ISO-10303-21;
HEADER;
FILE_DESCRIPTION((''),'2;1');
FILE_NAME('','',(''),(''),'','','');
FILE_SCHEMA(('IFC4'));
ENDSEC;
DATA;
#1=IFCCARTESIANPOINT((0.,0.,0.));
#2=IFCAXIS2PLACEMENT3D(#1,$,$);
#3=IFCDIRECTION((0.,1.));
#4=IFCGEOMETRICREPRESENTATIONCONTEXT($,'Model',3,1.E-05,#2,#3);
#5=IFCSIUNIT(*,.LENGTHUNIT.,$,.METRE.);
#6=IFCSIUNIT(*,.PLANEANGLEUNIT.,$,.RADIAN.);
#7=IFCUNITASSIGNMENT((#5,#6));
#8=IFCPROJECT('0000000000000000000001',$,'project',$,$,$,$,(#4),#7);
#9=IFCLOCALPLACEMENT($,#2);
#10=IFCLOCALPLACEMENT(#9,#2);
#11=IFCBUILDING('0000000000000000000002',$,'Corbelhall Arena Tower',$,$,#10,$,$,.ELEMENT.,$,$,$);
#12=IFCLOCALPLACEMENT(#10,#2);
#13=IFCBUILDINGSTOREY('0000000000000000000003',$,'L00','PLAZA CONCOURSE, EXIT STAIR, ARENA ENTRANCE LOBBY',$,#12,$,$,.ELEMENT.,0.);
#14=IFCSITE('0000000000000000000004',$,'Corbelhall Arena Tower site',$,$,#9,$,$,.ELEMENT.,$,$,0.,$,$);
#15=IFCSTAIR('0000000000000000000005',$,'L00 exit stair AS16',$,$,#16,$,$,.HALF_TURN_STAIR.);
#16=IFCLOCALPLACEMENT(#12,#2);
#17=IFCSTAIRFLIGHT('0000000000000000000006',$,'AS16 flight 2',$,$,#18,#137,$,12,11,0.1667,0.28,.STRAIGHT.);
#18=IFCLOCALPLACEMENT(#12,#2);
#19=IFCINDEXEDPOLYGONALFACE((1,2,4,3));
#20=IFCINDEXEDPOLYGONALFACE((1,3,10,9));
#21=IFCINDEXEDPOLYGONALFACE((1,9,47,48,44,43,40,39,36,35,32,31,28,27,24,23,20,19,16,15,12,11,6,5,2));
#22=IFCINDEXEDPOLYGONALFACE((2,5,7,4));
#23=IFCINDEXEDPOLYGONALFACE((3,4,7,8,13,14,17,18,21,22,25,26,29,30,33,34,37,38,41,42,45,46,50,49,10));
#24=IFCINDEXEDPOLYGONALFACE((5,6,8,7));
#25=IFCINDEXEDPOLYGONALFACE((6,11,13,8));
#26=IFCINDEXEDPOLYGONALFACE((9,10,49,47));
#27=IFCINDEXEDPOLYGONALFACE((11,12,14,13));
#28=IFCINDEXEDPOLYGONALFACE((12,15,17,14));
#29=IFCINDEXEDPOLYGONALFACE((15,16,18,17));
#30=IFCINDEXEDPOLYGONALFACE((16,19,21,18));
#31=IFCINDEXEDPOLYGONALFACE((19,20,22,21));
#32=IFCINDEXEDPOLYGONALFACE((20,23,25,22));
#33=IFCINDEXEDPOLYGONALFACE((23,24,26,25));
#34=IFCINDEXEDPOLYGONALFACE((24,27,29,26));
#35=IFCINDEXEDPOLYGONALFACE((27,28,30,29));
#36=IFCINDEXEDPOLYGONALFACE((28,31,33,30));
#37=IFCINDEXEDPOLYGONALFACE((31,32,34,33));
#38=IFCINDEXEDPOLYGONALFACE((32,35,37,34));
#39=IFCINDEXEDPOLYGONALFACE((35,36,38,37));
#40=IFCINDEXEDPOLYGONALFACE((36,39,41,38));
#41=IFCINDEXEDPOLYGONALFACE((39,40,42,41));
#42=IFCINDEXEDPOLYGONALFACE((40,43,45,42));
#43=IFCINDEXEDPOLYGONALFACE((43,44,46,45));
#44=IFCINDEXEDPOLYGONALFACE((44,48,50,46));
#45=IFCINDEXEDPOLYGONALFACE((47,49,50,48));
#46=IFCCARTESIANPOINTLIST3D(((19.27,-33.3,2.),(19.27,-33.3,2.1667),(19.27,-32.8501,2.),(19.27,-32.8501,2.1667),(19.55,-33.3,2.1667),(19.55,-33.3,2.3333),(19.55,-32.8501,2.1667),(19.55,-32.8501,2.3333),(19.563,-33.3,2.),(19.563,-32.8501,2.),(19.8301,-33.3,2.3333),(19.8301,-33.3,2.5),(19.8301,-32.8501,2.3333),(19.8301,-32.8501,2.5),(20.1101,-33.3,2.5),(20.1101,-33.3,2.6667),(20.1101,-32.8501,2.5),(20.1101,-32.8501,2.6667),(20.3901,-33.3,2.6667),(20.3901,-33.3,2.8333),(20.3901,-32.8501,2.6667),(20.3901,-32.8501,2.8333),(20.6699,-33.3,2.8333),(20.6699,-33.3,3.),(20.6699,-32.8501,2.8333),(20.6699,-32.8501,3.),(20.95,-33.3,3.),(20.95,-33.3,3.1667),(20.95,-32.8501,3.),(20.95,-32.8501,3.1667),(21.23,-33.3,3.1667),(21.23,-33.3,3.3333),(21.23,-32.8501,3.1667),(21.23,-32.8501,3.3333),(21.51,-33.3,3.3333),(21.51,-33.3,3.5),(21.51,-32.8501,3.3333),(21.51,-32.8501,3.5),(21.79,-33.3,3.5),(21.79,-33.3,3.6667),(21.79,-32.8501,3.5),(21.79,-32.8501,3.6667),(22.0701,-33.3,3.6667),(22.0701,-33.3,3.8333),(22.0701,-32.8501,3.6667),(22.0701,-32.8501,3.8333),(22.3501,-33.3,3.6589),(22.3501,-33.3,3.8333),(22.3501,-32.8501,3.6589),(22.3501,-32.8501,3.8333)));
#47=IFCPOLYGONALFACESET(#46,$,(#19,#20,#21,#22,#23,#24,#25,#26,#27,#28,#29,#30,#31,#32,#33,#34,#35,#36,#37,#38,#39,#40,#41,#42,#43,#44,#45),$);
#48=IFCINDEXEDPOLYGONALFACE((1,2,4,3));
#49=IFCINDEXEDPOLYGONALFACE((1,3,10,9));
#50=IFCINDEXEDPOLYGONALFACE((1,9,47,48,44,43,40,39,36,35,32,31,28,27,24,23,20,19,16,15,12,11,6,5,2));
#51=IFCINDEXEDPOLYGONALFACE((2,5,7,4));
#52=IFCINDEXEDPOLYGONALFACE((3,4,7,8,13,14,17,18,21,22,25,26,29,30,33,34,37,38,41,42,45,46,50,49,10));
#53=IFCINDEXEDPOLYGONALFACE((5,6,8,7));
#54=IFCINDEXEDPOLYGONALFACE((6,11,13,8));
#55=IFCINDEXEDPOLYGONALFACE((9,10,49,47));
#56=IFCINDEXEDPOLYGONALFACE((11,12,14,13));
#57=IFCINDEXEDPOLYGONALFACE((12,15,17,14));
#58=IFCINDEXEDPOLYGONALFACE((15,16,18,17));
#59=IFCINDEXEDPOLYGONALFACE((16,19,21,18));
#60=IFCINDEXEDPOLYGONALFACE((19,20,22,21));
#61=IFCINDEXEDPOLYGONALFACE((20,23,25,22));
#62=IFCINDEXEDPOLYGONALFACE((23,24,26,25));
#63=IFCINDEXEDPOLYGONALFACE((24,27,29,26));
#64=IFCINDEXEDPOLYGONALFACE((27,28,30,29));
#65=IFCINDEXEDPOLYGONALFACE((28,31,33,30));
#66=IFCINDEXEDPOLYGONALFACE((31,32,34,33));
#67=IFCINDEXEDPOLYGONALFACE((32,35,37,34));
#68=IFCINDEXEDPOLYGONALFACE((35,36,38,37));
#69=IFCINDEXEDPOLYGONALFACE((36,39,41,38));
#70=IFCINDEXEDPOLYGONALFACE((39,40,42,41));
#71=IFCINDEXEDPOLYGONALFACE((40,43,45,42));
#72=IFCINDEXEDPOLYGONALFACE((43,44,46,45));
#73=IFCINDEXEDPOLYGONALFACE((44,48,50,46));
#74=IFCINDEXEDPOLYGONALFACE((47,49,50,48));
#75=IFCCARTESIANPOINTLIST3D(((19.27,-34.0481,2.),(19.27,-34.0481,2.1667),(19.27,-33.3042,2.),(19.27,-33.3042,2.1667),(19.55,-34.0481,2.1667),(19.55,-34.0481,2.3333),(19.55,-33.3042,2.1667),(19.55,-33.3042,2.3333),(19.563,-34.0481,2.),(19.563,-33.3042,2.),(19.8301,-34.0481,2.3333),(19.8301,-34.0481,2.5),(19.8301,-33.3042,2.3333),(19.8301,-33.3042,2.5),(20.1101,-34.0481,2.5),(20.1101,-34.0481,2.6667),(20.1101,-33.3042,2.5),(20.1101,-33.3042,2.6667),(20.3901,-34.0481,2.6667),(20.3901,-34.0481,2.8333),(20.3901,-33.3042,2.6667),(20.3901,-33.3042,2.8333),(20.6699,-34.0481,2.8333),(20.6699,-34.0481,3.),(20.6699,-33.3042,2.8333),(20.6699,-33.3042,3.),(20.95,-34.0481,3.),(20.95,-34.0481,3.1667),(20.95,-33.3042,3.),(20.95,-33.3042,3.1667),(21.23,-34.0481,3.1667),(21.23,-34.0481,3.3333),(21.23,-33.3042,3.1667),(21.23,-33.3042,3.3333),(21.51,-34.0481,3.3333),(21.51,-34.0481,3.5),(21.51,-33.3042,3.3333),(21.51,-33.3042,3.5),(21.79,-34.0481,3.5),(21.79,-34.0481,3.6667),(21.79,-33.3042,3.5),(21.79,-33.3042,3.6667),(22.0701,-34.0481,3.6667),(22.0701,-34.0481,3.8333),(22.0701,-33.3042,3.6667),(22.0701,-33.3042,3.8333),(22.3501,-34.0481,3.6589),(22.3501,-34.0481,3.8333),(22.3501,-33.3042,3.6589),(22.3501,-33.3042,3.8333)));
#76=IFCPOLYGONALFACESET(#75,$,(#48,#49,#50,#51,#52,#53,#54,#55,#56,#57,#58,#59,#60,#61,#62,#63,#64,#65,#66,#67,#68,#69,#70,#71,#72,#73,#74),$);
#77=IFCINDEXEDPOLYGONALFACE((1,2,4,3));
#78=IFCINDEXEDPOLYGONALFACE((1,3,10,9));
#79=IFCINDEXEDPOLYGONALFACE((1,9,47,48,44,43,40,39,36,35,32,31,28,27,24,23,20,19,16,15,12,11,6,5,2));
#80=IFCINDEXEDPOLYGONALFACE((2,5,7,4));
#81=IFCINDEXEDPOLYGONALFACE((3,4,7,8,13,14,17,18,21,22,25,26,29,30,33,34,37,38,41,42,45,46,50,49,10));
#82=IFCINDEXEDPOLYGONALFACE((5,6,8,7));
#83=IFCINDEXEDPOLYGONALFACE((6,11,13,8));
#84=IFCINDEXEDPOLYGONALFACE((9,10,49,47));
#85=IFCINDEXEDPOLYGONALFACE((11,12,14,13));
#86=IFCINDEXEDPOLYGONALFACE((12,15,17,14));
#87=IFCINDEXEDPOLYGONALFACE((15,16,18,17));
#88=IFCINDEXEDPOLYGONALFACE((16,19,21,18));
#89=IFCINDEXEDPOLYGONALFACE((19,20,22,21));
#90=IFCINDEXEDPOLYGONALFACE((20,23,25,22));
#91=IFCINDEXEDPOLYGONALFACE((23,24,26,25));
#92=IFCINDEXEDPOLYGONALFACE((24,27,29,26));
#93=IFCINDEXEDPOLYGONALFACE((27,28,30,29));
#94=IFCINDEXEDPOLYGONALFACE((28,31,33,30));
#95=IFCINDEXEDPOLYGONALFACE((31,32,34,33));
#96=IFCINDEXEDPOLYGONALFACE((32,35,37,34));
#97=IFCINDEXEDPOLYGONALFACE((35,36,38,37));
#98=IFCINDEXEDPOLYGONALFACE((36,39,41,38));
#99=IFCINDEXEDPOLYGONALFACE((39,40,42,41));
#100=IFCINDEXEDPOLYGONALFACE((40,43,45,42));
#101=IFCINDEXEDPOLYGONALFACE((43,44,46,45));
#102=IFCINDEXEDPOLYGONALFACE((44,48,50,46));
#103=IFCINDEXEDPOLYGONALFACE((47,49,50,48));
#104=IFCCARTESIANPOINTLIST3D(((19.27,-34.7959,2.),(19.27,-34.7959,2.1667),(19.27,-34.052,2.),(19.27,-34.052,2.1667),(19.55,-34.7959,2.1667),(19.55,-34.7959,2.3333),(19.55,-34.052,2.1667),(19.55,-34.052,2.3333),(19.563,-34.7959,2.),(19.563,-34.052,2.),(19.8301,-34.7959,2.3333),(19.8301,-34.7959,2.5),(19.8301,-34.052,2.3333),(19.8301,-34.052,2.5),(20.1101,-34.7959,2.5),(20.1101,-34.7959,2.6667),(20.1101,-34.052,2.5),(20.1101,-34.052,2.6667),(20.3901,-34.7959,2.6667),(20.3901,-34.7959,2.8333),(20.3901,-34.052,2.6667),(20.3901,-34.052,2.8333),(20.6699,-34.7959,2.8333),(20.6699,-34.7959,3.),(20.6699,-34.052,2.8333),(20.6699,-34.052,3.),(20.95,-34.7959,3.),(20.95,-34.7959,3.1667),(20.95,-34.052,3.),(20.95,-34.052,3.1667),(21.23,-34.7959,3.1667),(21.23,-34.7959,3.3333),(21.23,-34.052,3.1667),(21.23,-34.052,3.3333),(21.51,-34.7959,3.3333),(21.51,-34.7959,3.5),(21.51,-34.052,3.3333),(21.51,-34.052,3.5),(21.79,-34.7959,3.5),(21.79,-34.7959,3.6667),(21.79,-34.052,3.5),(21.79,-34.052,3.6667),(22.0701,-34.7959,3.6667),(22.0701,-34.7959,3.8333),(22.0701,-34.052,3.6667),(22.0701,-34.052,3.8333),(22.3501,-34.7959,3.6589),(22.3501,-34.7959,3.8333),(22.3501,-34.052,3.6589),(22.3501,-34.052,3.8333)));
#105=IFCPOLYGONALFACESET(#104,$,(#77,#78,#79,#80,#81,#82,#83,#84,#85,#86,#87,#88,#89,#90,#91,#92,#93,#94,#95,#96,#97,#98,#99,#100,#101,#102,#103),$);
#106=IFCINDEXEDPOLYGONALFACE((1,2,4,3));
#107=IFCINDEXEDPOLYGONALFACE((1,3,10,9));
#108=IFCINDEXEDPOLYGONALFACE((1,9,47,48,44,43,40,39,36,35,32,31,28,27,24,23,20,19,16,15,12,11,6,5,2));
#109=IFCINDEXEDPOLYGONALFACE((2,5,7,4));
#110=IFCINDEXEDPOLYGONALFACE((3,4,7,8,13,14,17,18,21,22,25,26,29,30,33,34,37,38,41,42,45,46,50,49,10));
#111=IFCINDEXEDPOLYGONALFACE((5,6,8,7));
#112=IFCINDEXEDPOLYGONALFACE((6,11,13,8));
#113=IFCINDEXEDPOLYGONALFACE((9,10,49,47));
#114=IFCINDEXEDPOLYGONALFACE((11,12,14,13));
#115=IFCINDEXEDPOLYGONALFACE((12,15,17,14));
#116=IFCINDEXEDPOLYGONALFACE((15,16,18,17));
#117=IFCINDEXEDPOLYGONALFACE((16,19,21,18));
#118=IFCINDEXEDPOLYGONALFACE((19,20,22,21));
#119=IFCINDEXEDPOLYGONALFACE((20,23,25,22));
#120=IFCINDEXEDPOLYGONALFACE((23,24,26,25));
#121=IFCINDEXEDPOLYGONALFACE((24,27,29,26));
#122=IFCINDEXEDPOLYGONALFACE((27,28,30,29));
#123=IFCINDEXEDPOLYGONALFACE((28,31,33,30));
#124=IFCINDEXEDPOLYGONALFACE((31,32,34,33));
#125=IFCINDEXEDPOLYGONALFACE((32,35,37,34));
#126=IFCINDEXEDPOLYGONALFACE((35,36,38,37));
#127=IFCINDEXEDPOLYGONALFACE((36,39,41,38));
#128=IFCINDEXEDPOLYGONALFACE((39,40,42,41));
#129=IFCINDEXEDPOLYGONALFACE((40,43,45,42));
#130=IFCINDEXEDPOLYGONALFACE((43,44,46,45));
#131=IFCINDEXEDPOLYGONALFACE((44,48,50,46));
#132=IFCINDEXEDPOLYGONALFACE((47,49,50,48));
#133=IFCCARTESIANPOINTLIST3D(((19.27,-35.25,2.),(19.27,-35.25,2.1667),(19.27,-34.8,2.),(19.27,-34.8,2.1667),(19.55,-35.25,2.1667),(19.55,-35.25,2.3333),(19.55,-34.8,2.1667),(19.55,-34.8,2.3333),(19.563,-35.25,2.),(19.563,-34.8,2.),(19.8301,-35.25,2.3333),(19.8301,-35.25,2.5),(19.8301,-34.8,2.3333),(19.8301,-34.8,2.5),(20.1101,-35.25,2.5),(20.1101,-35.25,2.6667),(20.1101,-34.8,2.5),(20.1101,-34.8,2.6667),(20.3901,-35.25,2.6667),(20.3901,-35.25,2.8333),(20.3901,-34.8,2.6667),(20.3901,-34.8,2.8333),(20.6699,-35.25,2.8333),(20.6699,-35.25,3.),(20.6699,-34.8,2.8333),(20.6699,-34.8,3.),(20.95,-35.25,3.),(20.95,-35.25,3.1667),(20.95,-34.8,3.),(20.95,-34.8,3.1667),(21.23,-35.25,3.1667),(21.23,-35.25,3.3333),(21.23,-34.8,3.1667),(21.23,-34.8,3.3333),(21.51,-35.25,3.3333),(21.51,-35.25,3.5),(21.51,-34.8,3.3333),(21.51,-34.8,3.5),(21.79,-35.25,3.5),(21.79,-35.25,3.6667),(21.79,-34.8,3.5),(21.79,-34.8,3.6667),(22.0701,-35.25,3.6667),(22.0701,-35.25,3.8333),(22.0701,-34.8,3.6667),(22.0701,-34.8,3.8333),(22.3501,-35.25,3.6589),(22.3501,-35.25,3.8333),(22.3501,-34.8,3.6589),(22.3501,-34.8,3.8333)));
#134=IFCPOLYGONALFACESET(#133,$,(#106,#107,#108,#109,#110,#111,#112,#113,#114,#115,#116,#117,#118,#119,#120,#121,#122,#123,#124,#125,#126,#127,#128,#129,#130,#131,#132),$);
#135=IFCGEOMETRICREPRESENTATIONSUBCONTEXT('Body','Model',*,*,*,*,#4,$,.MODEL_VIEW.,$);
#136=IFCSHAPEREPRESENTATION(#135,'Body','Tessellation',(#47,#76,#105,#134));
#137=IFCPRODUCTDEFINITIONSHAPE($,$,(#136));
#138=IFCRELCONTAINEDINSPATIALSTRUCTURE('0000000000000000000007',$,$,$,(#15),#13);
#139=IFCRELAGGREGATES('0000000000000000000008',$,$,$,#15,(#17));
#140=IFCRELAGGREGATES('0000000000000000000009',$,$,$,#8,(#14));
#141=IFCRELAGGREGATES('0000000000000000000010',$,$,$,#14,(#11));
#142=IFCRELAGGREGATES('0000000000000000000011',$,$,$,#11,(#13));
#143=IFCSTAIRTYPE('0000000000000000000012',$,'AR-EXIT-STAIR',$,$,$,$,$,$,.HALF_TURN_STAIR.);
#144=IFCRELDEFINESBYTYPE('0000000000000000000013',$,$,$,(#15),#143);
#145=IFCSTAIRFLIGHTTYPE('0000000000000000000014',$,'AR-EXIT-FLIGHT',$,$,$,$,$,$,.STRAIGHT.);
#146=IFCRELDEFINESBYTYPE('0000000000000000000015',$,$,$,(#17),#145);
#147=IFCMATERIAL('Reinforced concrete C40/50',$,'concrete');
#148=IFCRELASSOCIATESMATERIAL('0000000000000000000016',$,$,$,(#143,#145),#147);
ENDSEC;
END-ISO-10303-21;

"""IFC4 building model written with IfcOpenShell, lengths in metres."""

from ifc_helpers import new_model, si_unit, direction, frame, origin, place, context, subcontext, project, spatial, polyline, outline, extrude, material, type_object, element, aggregate, save


model = new_model("IFC4")

# Units and contexts
model_context = context("Model", 3, precision=1e-05, world=origin(), true_north=direction((0.0, 1.0)))
body_context = subcontext(model_context, "Body", "Model", "MODEL_VIEW")
ifc_project = project(units=[si_unit("LENGTHUNIT", "METRE"), si_unit("PLANEANGLEUNIT", "RADIAN")], contexts=[model_context])

# Site, building, storey
site_placement = place(None, origin())
site = spatial("IfcSite", under=ifc_project, at=site_placement, Name="Corbelhall Arena Tower site", CompositionType="ELEMENT", RefElevation=0.0)
building_placement = place(site_placement, origin())
building = spatial("IfcBuilding", under=site, at=building_placement, Name="Corbelhall Arena Tower", CompositionType="ELEMENT")
storey_placement = place(building_placement, origin())
storey = spatial("IfcBuildingStorey", under=building, at=storey_placement, Name="L00", Description="PLAZA CONCOURSE, EXIT STAIR, ARENA ENTRANCE LOBBY", CompositionType="ELEMENT", Elevation=0.0)

# Shared definitions
ifc_material_1 = material(Name="Reinforced concrete C40/50", Category="concrete")

# Shared definitions
stair_type = type_object("IfcStairType", Name="AR-EXIT-STAIR", PredefinedType="HALF_TURN_STAIR", material=ifc_material_1)
stair_flight_type = type_object("IfcStairFlightType", Name="AR-EXIT-FLIGHT", PredefinedType="STRAIGHT", material=ifc_material_1)

# Stair, stair flight
stair_1_placement = place(storey_placement, origin())
stair_1 = element("IfcStair", 1, at=stair_1_placement, inside=storey, type_object=stair_type, Name="L00 exit stair AS16", PredefinedType="HALF_TURN_STAIR")
stair_flight_1_placement = place(storey_placement, frame((19.27, -34.05, 2.0), z_axis=(0.0, 0.0, 1.0), x_axis=(1.0, 0.0, 0.0)))
stair_flight_1 = element("IfcStairFlight", 2, at=stair_flight_1_placement, type_object=stair_flight_type, Name="AS16 flight 2", NumberOfRisers=12, NumberOfTreads=11, PredefinedType="STRAIGHT", RiserHeight=0.1667, TreadLength=0.28, context=body_context, shape_type="SweptSolid", body=[
    extrude(outline(polyline([(0.0, 0.0), (0.0, 0.1667), (0.28, 0.1667), (0.28, 0.3333), (0.5601, 0.3333), (0.5601, 0.5), (0.8401, 0.5), (0.8401, 0.6667), (1.1201, 0.6667), (1.1201, 0.8333), (1.3999, 0.8333), (1.3999, 1.0), (1.6799, 1.0), (1.6799, 1.1667), (1.96, 1.1667), (1.96, 1.3333), (2.24, 1.3333), (2.24, 1.5), (2.52, 1.5), (2.52, 1.6667), (2.8, 1.6667), (2.8, 1.8333), (3.0801, 1.8333), (3.0801, 2.0), (3.0801, 1.6589), (0.293, 0.0), (0.0, 0.0)])), frame((0.0, 1.2, 0.0), z_axis=(0.0, -1.0, 0.0), x_axis=(1.0, 0.0, 0.0)), (0.0, 0.0, 1.0), 0.45),
    extrude(outline(polyline([(0.0, 0.0), (0.0, 0.1667), (0.28, 0.1667), (0.28, 0.3333), (0.5601, 0.3333), (0.5601, 0.5), (0.8401, 0.5), (0.8401, 0.6667), (1.1201, 0.6667), (1.1201, 0.8333), (1.3999, 0.8333), (1.3999, 1.0), (1.6799, 1.0), (1.6799, 1.1667), (1.96, 1.1667), (1.96, 1.3333), (2.24, 1.3333), (2.24, 1.5), (2.52, 1.5), (2.52, 1.6667), (2.8, 1.6667), (2.8, 1.8333), (3.0801, 1.8333), (3.0801, 2.0), (3.0801, 1.6589), (0.293, 0.0), (0.0, 0.0)])), frame((0.0, 0.7458, 0.0), z_axis=(0.0, -1.0, 0.0), x_axis=(1.0, 0.0, 0.0)), (0.0, 0.0, 1.0), 0.7439),
    extrude(outline(polyline([(0.0, 0.0), (0.0, 0.1667), (0.28, 0.1667), (0.28, 0.3333), (0.5601, 0.3333), (0.5601, 0.5), (0.8401, 0.5), (0.8401, 0.6667), (1.1201, 0.6667), (1.1201, 0.8333), (1.3999, 0.8333), (1.3999, 1.0), (1.6799, 1.0), (1.6799, 1.1667), (1.96, 1.1667), (1.96, 1.3333), (2.24, 1.3333), (2.24, 1.5), (2.52, 1.5), (2.52, 1.6667), (2.8, 1.6667), (2.8, 1.8333), (3.0801, 1.8333), (3.0801, 2.0), (3.0801, 1.6589), (0.293, 0.0), (0.0, 0.0)])), frame((0.0, -0.002, 0.0), z_axis=(0.0, -1.0, 0.0), x_axis=(1.0, 0.0, 0.0)), (0.0, 0.0, 1.0), 0.7439),
    extrude(outline(polyline([(0.0, 0.0), (0.0, 0.1667), (0.28, 0.1667), (0.28, 0.3333), (0.5601, 0.3333), (0.5601, 0.5), (0.8401, 0.5), (0.8401, 0.6667), (1.1201, 0.6667), (1.1201, 0.8333), (1.3999, 0.8333), (1.3999, 1.0), (1.6799, 1.0), (1.6799, 1.1667), (1.96, 1.1667), (1.96, 1.3333), (2.24, 1.3333), (2.24, 1.5), (2.52, 1.5), (2.52, 1.6667), (2.8, 1.6667), (2.8, 1.8333), (3.0801, 1.8333), (3.0801, 2.0), (3.0801, 1.6589), (0.293, 0.0), (0.0, 0.0)])), frame((0.0, -0.75, 0.0), z_axis=(0.0, -1.0, 0.0), x_axis=(1.0, 0.0, 0.0)), (0.0, 0.0, 1.0), 0.45),
])
aggregate(stair_1, [stair_flight_1])

save(model, "model.ifc")
